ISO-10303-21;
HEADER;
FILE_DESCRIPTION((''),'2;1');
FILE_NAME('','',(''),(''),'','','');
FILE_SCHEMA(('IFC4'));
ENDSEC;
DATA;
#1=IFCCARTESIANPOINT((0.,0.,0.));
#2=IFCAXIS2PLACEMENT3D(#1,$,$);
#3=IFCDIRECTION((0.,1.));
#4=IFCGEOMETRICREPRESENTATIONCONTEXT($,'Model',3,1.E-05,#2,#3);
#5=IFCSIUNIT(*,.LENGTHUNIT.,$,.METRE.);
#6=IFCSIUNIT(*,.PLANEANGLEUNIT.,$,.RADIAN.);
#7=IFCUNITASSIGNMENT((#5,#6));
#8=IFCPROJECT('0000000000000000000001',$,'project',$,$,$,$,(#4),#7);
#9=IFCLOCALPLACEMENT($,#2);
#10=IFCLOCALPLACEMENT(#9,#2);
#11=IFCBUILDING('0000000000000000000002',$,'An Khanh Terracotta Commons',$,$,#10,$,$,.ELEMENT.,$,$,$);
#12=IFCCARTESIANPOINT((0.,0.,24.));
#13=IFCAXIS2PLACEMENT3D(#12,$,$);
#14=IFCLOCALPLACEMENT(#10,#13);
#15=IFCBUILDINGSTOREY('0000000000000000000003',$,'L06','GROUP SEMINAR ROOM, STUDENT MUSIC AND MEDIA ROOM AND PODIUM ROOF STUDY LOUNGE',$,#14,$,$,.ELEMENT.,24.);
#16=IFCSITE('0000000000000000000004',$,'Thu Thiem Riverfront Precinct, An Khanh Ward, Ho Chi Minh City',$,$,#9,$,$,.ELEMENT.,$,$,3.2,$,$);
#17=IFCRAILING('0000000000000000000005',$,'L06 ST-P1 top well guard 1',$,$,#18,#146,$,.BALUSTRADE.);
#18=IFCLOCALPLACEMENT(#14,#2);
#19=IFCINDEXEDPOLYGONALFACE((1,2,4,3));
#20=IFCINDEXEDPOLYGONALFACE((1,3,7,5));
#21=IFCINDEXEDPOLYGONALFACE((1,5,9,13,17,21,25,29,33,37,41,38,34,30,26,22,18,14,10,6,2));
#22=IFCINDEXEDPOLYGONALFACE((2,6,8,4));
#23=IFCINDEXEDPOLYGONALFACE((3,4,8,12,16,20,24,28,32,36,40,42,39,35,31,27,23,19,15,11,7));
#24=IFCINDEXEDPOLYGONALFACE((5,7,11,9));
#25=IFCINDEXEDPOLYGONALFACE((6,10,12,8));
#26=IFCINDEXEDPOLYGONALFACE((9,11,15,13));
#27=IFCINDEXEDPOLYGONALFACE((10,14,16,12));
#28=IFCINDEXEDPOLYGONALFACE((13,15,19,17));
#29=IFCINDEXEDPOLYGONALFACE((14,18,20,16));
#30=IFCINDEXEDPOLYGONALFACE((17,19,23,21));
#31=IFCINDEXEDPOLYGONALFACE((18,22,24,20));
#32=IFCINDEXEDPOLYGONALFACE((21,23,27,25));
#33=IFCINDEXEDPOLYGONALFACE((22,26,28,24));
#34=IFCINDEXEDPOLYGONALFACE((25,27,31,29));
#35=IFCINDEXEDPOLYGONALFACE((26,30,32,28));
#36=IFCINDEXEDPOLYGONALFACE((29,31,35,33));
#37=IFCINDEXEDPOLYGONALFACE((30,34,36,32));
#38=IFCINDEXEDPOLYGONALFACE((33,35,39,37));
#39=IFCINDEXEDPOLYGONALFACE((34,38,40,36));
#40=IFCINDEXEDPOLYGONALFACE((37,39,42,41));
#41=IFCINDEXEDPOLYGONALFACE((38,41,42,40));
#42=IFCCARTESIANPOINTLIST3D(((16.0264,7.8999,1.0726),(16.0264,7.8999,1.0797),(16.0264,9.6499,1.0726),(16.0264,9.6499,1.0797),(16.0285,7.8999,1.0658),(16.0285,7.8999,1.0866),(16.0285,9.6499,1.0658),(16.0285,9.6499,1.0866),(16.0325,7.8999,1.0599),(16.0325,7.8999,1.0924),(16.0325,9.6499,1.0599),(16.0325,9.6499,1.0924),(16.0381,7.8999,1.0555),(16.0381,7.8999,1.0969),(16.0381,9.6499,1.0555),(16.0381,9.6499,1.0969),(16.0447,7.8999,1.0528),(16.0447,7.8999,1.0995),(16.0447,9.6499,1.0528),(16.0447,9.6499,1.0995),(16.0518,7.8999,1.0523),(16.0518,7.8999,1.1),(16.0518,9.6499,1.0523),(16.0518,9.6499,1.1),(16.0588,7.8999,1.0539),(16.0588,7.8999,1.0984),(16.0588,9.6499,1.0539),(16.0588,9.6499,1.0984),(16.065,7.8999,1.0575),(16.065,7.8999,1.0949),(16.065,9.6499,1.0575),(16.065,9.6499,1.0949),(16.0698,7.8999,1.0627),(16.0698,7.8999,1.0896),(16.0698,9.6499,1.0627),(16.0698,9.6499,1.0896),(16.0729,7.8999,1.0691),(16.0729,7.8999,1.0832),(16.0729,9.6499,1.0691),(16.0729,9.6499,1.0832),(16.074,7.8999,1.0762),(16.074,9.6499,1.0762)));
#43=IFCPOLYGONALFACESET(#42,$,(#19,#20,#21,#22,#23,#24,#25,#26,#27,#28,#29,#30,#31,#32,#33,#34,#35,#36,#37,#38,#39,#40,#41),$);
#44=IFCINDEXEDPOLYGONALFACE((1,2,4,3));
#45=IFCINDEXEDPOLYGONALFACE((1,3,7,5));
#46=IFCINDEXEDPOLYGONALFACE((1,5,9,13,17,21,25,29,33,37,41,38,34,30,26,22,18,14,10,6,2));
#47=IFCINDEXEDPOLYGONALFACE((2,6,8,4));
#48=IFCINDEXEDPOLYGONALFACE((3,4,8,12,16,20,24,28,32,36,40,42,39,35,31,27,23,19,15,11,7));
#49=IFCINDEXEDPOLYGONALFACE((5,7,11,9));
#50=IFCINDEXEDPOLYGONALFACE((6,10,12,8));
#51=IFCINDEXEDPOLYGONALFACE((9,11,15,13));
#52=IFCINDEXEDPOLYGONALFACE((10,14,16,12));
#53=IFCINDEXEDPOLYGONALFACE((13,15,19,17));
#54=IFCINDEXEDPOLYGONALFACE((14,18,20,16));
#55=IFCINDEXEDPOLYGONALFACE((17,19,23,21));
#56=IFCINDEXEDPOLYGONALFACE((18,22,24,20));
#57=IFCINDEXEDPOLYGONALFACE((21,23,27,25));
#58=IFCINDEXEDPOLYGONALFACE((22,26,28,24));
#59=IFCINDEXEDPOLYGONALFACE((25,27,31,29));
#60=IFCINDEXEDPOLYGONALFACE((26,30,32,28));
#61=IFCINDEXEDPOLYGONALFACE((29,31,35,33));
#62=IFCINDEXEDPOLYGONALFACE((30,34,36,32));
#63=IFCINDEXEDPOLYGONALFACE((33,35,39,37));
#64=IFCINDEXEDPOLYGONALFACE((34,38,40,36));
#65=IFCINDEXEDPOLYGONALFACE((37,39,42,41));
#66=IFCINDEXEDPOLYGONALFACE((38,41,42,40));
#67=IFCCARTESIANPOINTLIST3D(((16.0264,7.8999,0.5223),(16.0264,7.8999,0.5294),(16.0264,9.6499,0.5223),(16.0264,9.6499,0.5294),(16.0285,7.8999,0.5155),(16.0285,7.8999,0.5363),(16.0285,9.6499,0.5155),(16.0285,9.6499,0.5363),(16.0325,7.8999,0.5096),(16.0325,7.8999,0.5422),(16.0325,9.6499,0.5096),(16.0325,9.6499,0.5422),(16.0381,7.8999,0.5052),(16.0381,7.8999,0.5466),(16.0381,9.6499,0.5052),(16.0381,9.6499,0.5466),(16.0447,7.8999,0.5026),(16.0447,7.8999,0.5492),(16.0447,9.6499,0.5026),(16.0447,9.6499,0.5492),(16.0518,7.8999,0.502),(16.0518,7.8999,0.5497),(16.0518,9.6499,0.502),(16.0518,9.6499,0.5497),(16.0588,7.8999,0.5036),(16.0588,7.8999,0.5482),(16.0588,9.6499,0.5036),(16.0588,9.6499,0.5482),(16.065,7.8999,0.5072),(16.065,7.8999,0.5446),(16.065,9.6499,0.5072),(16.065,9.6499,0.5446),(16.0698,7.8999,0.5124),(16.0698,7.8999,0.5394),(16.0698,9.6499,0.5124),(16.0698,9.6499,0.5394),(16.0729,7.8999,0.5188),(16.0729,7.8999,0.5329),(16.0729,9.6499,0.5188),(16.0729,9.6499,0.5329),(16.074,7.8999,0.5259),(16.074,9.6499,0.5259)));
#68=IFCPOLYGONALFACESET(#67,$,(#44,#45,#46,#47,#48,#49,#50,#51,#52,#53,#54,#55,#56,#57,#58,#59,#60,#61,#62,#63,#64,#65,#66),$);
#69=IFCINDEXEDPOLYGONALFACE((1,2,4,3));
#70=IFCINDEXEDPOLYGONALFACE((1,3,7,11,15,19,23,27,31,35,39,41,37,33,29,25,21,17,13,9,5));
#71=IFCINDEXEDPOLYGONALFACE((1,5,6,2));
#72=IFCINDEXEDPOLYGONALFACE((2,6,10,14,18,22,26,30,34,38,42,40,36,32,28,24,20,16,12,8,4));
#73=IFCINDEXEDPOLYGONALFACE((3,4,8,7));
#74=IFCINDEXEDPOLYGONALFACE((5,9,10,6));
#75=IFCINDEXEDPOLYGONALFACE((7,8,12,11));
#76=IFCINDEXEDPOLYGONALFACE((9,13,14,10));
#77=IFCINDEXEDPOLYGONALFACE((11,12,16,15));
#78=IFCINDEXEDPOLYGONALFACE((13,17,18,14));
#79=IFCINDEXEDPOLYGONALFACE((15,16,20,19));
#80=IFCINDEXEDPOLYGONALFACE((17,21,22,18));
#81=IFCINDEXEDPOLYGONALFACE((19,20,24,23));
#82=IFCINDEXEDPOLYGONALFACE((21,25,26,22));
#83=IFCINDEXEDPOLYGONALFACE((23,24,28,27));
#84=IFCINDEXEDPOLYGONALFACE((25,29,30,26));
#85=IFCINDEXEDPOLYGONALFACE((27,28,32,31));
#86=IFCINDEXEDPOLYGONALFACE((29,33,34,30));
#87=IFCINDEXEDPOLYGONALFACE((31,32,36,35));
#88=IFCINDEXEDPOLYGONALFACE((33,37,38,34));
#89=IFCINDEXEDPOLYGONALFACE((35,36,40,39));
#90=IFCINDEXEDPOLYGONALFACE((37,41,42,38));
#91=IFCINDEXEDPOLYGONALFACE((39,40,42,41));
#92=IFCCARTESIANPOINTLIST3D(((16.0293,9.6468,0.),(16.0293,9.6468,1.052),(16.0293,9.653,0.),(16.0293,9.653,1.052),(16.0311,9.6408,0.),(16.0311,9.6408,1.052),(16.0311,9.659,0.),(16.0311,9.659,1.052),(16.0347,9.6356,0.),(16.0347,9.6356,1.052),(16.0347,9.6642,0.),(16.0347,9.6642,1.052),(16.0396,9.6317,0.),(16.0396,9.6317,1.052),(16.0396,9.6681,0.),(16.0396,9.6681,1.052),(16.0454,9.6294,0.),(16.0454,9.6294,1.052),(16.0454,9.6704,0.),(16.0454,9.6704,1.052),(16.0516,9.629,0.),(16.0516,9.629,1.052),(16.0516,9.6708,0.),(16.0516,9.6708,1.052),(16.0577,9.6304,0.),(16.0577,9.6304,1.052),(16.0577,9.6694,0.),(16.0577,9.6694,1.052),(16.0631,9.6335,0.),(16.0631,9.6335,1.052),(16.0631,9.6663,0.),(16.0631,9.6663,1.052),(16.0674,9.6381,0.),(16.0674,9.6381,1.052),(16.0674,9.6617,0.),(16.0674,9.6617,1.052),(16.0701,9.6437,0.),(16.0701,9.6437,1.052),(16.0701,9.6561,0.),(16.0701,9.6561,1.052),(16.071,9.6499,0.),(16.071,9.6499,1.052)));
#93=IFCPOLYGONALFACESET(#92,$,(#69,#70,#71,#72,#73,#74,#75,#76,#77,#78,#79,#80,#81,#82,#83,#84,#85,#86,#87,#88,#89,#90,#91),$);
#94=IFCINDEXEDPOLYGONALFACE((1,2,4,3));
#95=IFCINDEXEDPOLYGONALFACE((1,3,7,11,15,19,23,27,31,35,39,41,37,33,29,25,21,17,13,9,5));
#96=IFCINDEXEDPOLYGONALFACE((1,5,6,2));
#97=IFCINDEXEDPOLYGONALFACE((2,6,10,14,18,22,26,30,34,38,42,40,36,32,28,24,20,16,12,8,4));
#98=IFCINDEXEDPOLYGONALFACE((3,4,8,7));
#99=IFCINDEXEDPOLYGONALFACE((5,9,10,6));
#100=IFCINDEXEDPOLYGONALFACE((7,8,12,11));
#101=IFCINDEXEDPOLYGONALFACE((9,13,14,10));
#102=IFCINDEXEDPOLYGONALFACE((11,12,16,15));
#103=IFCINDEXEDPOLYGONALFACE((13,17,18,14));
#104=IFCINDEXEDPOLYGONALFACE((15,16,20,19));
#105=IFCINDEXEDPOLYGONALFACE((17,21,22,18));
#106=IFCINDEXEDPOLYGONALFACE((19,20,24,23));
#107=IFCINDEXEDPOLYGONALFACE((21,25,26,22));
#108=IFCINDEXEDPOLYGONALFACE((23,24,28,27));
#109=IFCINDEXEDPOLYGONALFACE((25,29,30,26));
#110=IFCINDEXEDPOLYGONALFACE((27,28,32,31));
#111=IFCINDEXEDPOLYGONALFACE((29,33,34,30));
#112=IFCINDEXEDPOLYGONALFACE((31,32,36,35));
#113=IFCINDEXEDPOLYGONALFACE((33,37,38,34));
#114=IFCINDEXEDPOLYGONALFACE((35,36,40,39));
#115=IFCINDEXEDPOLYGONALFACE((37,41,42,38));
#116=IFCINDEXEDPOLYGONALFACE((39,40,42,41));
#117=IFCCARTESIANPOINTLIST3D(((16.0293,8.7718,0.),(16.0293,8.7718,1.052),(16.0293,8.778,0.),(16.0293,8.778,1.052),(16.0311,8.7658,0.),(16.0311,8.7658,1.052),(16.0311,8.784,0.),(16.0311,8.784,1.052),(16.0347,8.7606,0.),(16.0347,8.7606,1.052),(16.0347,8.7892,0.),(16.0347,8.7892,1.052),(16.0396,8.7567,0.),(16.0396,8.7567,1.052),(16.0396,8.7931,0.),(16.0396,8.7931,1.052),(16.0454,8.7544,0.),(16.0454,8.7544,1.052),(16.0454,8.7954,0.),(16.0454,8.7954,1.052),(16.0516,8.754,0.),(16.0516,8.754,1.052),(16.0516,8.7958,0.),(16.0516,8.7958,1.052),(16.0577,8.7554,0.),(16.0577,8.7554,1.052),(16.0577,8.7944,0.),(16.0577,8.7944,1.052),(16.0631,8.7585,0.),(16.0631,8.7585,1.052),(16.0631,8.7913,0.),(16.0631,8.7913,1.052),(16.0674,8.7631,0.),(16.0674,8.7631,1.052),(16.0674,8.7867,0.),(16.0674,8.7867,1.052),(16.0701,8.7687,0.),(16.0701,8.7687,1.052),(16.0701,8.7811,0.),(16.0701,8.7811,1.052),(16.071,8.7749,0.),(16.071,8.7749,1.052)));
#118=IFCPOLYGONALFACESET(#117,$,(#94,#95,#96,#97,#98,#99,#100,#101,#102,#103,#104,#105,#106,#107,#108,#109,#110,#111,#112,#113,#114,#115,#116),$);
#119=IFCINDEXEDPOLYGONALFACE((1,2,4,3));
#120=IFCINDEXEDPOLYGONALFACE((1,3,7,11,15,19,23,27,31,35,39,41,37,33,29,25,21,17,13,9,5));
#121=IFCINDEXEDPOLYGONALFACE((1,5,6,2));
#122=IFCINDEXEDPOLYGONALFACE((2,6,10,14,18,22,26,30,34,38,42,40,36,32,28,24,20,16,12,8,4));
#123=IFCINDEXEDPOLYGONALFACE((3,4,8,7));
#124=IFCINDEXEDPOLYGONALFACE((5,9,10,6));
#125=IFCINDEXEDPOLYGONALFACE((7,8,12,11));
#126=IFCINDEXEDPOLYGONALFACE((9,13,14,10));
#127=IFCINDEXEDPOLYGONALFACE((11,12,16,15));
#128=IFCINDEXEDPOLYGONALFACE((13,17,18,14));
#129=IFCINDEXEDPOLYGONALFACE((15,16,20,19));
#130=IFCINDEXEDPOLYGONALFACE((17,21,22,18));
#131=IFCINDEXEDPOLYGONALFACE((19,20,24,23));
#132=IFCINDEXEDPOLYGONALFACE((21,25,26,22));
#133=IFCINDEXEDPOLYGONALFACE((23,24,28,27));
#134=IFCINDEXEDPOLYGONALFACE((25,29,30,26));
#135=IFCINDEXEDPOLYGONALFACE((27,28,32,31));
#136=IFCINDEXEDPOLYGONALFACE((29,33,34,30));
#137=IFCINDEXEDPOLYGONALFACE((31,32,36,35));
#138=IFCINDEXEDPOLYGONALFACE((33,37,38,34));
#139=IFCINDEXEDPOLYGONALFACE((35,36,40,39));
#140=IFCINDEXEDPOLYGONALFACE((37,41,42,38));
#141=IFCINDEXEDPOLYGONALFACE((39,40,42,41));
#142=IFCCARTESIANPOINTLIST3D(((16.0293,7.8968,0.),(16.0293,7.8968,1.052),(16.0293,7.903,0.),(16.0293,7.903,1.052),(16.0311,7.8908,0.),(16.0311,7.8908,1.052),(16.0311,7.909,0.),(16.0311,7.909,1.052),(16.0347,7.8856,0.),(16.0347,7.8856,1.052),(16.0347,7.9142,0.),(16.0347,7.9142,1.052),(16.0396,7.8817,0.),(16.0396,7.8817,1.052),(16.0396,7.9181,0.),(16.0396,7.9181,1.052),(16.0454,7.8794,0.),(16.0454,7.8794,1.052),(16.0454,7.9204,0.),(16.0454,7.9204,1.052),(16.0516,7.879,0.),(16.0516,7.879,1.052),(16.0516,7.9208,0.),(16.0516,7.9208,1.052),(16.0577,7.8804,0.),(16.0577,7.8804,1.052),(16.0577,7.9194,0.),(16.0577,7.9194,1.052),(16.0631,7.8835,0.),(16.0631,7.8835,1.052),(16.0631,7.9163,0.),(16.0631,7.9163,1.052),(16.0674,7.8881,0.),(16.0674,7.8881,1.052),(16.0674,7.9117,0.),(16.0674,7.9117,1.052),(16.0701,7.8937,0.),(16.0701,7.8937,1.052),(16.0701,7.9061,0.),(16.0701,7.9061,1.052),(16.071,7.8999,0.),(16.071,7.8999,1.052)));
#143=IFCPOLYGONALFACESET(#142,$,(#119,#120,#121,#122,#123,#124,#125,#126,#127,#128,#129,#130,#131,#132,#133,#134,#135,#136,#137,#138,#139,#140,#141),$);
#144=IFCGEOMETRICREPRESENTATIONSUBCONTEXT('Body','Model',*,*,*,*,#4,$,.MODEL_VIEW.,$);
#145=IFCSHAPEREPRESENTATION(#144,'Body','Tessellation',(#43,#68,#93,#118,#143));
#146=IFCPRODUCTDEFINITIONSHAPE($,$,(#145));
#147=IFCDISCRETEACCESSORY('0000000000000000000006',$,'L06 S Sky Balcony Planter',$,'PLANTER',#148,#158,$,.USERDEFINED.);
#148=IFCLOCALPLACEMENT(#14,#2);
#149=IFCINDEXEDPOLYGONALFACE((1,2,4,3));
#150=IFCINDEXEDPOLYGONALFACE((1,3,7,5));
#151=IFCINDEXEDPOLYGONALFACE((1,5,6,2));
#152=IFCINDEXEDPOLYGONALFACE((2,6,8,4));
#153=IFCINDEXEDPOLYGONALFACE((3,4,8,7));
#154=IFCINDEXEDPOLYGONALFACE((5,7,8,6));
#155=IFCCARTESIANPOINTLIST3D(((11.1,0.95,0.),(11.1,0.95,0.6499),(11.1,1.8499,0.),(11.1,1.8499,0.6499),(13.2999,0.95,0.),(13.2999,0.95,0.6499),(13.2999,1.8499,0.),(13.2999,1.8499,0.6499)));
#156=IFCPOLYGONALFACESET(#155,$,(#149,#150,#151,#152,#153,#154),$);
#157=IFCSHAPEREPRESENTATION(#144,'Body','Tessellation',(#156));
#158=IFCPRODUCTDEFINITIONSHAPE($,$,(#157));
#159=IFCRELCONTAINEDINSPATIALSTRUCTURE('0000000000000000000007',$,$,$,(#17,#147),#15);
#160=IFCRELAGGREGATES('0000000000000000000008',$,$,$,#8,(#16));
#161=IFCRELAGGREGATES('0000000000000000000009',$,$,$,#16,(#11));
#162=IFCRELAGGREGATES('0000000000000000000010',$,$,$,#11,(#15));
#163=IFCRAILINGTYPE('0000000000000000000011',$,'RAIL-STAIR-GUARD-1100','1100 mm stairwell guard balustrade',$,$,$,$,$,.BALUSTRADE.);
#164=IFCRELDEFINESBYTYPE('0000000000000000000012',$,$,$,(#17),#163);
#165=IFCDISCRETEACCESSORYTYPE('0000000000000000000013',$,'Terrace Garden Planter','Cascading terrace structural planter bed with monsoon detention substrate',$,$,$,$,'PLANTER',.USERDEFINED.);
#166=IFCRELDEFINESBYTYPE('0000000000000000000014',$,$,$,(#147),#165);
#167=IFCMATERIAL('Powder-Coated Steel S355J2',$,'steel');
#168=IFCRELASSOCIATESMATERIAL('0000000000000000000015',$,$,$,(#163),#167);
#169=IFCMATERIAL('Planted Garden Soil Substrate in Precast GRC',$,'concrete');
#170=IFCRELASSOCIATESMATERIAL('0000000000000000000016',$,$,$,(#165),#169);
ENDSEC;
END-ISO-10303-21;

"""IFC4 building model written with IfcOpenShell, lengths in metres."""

from ifc_helpers import new_model, si_unit, direction, frame, origin, origin_2d, place, context, subcontext, project, spatial, rectangle, circle, extrude, material, type_object, element, save


model = new_model("IFC4")

# Units and contexts
model_context = context("Model", 3, precision=1e-05, world=origin(), true_north=direction((0.0, 1.0)))
body_context = subcontext(model_context, "Body", "Model", "MODEL_VIEW")
ifc_project = project(units=[si_unit("LENGTHUNIT", "METRE"), si_unit("PLANEANGLEUNIT", "RADIAN")], contexts=[model_context])

# Site, building, storey
site_placement = place(None, origin())
site = spatial("IfcSite", under=ifc_project, at=site_placement, Name="Thu Thiem Riverfront Precinct, An Khanh Ward, Ho Chi Minh City", CompositionType="ELEMENT", RefElevation=3.2)
building_placement = place(site_placement, origin())
building = spatial("IfcBuilding", under=site, at=building_placement, Name="An Khanh Terracotta Commons", CompositionType="ELEMENT")
storey_placement = place(building_placement, frame((0.0, 0.0, 24.0)))
storey = spatial("IfcBuildingStorey", under=building, at=storey_placement, Name="L06", Description="GROUP SEMINAR ROOM, STUDENT MUSIC AND MEDIA ROOM AND PODIUM ROOF STUDY LOUNGE", CompositionType="ELEMENT", Elevation=24.0)

# Railing
ifc_material_1 = material(Name="Powder-Coated Steel S355J2", Category="steel")
railing_type_1 = type_object("IfcRailingType", Name="RAIL-STAIR-GUARD-1100", Description="1100 mm stairwell guard balustrade", PredefinedType="BALUSTRADE", material=ifc_material_1)
railing_1_placement = place(storey_placement, frame((16.05, 9.6499, 0.0)))
element("IfcRailing", 1, at=railing_1_placement, inside=storey, type_object=railing_type_1, Name="L06 ST-P1 top well guard 1", PredefinedType="BALUSTRADE", context=body_context, shape_type="SweptSolid", body=[
    extrude(circle(Radius=0.0239, at=origin_2d()), frame((0.0, 0.0, 1.0762), z_axis=(0.0, -1.0, 0.0), x_axis=(1.0, 0.0, 0.0)), (0.0, 0.0, 1.0), 1.75),
    extrude(circle(Radius=0.0239, at=origin_2d()), frame((0.0, 0.0, 0.5259), z_axis=(0.0, -1.0, 0.0), x_axis=(1.0, 0.0, 0.0)), (0.0, 0.0, 1.0), 1.75),
    extrude(circle(Radius=0.021, at=origin_2d()), origin(), (0.0, 0.0, 1.0), 1.052),
    extrude(circle(Radius=0.021, at=origin_2d()), frame((0.0, -0.875, 0.0)), (0.0, 0.0, 1.0), 1.052),
    extrude(circle(Radius=0.021, at=origin_2d()), frame((0.0, -1.75, 0.0)), (0.0, 0.0, 1.0), 1.052),
])

# Discrete accessory
ifc_material_2 = material(Name="Planted Garden Soil Substrate in Precast GRC", Category="concrete")
discrete_accessory_type = type_object("IfcDiscreteAccessoryType", Name="Terrace Garden Planter", Description="Cascading terrace structural planter bed with monsoon detention substrate", ElementType="PLANTER", PredefinedType="USERDEFINED", material=ifc_material_2)
discrete_accessory_placement = place(storey_placement, frame((12.2, 1.3999, 0.0), z_axis=(0.0, 0.0, 1.0), x_axis=(1.0, 0.0, 0.0)))
element("IfcDiscreteAccessory", 2, at=discrete_accessory_placement, inside=storey, type_object=discrete_accessory_type, Name="L06 S Sky Balcony Planter", ObjectType="PLANTER", PredefinedType="USERDEFINED", context=body_context, shape_type="SweptSolid", body=[
    extrude(rectangle(XDim=2.2, YDim=0.8999, at=origin_2d()), origin(), (0.0, 0.0, 1.0), 0.6499),
])

save(model, "model.ifc")
